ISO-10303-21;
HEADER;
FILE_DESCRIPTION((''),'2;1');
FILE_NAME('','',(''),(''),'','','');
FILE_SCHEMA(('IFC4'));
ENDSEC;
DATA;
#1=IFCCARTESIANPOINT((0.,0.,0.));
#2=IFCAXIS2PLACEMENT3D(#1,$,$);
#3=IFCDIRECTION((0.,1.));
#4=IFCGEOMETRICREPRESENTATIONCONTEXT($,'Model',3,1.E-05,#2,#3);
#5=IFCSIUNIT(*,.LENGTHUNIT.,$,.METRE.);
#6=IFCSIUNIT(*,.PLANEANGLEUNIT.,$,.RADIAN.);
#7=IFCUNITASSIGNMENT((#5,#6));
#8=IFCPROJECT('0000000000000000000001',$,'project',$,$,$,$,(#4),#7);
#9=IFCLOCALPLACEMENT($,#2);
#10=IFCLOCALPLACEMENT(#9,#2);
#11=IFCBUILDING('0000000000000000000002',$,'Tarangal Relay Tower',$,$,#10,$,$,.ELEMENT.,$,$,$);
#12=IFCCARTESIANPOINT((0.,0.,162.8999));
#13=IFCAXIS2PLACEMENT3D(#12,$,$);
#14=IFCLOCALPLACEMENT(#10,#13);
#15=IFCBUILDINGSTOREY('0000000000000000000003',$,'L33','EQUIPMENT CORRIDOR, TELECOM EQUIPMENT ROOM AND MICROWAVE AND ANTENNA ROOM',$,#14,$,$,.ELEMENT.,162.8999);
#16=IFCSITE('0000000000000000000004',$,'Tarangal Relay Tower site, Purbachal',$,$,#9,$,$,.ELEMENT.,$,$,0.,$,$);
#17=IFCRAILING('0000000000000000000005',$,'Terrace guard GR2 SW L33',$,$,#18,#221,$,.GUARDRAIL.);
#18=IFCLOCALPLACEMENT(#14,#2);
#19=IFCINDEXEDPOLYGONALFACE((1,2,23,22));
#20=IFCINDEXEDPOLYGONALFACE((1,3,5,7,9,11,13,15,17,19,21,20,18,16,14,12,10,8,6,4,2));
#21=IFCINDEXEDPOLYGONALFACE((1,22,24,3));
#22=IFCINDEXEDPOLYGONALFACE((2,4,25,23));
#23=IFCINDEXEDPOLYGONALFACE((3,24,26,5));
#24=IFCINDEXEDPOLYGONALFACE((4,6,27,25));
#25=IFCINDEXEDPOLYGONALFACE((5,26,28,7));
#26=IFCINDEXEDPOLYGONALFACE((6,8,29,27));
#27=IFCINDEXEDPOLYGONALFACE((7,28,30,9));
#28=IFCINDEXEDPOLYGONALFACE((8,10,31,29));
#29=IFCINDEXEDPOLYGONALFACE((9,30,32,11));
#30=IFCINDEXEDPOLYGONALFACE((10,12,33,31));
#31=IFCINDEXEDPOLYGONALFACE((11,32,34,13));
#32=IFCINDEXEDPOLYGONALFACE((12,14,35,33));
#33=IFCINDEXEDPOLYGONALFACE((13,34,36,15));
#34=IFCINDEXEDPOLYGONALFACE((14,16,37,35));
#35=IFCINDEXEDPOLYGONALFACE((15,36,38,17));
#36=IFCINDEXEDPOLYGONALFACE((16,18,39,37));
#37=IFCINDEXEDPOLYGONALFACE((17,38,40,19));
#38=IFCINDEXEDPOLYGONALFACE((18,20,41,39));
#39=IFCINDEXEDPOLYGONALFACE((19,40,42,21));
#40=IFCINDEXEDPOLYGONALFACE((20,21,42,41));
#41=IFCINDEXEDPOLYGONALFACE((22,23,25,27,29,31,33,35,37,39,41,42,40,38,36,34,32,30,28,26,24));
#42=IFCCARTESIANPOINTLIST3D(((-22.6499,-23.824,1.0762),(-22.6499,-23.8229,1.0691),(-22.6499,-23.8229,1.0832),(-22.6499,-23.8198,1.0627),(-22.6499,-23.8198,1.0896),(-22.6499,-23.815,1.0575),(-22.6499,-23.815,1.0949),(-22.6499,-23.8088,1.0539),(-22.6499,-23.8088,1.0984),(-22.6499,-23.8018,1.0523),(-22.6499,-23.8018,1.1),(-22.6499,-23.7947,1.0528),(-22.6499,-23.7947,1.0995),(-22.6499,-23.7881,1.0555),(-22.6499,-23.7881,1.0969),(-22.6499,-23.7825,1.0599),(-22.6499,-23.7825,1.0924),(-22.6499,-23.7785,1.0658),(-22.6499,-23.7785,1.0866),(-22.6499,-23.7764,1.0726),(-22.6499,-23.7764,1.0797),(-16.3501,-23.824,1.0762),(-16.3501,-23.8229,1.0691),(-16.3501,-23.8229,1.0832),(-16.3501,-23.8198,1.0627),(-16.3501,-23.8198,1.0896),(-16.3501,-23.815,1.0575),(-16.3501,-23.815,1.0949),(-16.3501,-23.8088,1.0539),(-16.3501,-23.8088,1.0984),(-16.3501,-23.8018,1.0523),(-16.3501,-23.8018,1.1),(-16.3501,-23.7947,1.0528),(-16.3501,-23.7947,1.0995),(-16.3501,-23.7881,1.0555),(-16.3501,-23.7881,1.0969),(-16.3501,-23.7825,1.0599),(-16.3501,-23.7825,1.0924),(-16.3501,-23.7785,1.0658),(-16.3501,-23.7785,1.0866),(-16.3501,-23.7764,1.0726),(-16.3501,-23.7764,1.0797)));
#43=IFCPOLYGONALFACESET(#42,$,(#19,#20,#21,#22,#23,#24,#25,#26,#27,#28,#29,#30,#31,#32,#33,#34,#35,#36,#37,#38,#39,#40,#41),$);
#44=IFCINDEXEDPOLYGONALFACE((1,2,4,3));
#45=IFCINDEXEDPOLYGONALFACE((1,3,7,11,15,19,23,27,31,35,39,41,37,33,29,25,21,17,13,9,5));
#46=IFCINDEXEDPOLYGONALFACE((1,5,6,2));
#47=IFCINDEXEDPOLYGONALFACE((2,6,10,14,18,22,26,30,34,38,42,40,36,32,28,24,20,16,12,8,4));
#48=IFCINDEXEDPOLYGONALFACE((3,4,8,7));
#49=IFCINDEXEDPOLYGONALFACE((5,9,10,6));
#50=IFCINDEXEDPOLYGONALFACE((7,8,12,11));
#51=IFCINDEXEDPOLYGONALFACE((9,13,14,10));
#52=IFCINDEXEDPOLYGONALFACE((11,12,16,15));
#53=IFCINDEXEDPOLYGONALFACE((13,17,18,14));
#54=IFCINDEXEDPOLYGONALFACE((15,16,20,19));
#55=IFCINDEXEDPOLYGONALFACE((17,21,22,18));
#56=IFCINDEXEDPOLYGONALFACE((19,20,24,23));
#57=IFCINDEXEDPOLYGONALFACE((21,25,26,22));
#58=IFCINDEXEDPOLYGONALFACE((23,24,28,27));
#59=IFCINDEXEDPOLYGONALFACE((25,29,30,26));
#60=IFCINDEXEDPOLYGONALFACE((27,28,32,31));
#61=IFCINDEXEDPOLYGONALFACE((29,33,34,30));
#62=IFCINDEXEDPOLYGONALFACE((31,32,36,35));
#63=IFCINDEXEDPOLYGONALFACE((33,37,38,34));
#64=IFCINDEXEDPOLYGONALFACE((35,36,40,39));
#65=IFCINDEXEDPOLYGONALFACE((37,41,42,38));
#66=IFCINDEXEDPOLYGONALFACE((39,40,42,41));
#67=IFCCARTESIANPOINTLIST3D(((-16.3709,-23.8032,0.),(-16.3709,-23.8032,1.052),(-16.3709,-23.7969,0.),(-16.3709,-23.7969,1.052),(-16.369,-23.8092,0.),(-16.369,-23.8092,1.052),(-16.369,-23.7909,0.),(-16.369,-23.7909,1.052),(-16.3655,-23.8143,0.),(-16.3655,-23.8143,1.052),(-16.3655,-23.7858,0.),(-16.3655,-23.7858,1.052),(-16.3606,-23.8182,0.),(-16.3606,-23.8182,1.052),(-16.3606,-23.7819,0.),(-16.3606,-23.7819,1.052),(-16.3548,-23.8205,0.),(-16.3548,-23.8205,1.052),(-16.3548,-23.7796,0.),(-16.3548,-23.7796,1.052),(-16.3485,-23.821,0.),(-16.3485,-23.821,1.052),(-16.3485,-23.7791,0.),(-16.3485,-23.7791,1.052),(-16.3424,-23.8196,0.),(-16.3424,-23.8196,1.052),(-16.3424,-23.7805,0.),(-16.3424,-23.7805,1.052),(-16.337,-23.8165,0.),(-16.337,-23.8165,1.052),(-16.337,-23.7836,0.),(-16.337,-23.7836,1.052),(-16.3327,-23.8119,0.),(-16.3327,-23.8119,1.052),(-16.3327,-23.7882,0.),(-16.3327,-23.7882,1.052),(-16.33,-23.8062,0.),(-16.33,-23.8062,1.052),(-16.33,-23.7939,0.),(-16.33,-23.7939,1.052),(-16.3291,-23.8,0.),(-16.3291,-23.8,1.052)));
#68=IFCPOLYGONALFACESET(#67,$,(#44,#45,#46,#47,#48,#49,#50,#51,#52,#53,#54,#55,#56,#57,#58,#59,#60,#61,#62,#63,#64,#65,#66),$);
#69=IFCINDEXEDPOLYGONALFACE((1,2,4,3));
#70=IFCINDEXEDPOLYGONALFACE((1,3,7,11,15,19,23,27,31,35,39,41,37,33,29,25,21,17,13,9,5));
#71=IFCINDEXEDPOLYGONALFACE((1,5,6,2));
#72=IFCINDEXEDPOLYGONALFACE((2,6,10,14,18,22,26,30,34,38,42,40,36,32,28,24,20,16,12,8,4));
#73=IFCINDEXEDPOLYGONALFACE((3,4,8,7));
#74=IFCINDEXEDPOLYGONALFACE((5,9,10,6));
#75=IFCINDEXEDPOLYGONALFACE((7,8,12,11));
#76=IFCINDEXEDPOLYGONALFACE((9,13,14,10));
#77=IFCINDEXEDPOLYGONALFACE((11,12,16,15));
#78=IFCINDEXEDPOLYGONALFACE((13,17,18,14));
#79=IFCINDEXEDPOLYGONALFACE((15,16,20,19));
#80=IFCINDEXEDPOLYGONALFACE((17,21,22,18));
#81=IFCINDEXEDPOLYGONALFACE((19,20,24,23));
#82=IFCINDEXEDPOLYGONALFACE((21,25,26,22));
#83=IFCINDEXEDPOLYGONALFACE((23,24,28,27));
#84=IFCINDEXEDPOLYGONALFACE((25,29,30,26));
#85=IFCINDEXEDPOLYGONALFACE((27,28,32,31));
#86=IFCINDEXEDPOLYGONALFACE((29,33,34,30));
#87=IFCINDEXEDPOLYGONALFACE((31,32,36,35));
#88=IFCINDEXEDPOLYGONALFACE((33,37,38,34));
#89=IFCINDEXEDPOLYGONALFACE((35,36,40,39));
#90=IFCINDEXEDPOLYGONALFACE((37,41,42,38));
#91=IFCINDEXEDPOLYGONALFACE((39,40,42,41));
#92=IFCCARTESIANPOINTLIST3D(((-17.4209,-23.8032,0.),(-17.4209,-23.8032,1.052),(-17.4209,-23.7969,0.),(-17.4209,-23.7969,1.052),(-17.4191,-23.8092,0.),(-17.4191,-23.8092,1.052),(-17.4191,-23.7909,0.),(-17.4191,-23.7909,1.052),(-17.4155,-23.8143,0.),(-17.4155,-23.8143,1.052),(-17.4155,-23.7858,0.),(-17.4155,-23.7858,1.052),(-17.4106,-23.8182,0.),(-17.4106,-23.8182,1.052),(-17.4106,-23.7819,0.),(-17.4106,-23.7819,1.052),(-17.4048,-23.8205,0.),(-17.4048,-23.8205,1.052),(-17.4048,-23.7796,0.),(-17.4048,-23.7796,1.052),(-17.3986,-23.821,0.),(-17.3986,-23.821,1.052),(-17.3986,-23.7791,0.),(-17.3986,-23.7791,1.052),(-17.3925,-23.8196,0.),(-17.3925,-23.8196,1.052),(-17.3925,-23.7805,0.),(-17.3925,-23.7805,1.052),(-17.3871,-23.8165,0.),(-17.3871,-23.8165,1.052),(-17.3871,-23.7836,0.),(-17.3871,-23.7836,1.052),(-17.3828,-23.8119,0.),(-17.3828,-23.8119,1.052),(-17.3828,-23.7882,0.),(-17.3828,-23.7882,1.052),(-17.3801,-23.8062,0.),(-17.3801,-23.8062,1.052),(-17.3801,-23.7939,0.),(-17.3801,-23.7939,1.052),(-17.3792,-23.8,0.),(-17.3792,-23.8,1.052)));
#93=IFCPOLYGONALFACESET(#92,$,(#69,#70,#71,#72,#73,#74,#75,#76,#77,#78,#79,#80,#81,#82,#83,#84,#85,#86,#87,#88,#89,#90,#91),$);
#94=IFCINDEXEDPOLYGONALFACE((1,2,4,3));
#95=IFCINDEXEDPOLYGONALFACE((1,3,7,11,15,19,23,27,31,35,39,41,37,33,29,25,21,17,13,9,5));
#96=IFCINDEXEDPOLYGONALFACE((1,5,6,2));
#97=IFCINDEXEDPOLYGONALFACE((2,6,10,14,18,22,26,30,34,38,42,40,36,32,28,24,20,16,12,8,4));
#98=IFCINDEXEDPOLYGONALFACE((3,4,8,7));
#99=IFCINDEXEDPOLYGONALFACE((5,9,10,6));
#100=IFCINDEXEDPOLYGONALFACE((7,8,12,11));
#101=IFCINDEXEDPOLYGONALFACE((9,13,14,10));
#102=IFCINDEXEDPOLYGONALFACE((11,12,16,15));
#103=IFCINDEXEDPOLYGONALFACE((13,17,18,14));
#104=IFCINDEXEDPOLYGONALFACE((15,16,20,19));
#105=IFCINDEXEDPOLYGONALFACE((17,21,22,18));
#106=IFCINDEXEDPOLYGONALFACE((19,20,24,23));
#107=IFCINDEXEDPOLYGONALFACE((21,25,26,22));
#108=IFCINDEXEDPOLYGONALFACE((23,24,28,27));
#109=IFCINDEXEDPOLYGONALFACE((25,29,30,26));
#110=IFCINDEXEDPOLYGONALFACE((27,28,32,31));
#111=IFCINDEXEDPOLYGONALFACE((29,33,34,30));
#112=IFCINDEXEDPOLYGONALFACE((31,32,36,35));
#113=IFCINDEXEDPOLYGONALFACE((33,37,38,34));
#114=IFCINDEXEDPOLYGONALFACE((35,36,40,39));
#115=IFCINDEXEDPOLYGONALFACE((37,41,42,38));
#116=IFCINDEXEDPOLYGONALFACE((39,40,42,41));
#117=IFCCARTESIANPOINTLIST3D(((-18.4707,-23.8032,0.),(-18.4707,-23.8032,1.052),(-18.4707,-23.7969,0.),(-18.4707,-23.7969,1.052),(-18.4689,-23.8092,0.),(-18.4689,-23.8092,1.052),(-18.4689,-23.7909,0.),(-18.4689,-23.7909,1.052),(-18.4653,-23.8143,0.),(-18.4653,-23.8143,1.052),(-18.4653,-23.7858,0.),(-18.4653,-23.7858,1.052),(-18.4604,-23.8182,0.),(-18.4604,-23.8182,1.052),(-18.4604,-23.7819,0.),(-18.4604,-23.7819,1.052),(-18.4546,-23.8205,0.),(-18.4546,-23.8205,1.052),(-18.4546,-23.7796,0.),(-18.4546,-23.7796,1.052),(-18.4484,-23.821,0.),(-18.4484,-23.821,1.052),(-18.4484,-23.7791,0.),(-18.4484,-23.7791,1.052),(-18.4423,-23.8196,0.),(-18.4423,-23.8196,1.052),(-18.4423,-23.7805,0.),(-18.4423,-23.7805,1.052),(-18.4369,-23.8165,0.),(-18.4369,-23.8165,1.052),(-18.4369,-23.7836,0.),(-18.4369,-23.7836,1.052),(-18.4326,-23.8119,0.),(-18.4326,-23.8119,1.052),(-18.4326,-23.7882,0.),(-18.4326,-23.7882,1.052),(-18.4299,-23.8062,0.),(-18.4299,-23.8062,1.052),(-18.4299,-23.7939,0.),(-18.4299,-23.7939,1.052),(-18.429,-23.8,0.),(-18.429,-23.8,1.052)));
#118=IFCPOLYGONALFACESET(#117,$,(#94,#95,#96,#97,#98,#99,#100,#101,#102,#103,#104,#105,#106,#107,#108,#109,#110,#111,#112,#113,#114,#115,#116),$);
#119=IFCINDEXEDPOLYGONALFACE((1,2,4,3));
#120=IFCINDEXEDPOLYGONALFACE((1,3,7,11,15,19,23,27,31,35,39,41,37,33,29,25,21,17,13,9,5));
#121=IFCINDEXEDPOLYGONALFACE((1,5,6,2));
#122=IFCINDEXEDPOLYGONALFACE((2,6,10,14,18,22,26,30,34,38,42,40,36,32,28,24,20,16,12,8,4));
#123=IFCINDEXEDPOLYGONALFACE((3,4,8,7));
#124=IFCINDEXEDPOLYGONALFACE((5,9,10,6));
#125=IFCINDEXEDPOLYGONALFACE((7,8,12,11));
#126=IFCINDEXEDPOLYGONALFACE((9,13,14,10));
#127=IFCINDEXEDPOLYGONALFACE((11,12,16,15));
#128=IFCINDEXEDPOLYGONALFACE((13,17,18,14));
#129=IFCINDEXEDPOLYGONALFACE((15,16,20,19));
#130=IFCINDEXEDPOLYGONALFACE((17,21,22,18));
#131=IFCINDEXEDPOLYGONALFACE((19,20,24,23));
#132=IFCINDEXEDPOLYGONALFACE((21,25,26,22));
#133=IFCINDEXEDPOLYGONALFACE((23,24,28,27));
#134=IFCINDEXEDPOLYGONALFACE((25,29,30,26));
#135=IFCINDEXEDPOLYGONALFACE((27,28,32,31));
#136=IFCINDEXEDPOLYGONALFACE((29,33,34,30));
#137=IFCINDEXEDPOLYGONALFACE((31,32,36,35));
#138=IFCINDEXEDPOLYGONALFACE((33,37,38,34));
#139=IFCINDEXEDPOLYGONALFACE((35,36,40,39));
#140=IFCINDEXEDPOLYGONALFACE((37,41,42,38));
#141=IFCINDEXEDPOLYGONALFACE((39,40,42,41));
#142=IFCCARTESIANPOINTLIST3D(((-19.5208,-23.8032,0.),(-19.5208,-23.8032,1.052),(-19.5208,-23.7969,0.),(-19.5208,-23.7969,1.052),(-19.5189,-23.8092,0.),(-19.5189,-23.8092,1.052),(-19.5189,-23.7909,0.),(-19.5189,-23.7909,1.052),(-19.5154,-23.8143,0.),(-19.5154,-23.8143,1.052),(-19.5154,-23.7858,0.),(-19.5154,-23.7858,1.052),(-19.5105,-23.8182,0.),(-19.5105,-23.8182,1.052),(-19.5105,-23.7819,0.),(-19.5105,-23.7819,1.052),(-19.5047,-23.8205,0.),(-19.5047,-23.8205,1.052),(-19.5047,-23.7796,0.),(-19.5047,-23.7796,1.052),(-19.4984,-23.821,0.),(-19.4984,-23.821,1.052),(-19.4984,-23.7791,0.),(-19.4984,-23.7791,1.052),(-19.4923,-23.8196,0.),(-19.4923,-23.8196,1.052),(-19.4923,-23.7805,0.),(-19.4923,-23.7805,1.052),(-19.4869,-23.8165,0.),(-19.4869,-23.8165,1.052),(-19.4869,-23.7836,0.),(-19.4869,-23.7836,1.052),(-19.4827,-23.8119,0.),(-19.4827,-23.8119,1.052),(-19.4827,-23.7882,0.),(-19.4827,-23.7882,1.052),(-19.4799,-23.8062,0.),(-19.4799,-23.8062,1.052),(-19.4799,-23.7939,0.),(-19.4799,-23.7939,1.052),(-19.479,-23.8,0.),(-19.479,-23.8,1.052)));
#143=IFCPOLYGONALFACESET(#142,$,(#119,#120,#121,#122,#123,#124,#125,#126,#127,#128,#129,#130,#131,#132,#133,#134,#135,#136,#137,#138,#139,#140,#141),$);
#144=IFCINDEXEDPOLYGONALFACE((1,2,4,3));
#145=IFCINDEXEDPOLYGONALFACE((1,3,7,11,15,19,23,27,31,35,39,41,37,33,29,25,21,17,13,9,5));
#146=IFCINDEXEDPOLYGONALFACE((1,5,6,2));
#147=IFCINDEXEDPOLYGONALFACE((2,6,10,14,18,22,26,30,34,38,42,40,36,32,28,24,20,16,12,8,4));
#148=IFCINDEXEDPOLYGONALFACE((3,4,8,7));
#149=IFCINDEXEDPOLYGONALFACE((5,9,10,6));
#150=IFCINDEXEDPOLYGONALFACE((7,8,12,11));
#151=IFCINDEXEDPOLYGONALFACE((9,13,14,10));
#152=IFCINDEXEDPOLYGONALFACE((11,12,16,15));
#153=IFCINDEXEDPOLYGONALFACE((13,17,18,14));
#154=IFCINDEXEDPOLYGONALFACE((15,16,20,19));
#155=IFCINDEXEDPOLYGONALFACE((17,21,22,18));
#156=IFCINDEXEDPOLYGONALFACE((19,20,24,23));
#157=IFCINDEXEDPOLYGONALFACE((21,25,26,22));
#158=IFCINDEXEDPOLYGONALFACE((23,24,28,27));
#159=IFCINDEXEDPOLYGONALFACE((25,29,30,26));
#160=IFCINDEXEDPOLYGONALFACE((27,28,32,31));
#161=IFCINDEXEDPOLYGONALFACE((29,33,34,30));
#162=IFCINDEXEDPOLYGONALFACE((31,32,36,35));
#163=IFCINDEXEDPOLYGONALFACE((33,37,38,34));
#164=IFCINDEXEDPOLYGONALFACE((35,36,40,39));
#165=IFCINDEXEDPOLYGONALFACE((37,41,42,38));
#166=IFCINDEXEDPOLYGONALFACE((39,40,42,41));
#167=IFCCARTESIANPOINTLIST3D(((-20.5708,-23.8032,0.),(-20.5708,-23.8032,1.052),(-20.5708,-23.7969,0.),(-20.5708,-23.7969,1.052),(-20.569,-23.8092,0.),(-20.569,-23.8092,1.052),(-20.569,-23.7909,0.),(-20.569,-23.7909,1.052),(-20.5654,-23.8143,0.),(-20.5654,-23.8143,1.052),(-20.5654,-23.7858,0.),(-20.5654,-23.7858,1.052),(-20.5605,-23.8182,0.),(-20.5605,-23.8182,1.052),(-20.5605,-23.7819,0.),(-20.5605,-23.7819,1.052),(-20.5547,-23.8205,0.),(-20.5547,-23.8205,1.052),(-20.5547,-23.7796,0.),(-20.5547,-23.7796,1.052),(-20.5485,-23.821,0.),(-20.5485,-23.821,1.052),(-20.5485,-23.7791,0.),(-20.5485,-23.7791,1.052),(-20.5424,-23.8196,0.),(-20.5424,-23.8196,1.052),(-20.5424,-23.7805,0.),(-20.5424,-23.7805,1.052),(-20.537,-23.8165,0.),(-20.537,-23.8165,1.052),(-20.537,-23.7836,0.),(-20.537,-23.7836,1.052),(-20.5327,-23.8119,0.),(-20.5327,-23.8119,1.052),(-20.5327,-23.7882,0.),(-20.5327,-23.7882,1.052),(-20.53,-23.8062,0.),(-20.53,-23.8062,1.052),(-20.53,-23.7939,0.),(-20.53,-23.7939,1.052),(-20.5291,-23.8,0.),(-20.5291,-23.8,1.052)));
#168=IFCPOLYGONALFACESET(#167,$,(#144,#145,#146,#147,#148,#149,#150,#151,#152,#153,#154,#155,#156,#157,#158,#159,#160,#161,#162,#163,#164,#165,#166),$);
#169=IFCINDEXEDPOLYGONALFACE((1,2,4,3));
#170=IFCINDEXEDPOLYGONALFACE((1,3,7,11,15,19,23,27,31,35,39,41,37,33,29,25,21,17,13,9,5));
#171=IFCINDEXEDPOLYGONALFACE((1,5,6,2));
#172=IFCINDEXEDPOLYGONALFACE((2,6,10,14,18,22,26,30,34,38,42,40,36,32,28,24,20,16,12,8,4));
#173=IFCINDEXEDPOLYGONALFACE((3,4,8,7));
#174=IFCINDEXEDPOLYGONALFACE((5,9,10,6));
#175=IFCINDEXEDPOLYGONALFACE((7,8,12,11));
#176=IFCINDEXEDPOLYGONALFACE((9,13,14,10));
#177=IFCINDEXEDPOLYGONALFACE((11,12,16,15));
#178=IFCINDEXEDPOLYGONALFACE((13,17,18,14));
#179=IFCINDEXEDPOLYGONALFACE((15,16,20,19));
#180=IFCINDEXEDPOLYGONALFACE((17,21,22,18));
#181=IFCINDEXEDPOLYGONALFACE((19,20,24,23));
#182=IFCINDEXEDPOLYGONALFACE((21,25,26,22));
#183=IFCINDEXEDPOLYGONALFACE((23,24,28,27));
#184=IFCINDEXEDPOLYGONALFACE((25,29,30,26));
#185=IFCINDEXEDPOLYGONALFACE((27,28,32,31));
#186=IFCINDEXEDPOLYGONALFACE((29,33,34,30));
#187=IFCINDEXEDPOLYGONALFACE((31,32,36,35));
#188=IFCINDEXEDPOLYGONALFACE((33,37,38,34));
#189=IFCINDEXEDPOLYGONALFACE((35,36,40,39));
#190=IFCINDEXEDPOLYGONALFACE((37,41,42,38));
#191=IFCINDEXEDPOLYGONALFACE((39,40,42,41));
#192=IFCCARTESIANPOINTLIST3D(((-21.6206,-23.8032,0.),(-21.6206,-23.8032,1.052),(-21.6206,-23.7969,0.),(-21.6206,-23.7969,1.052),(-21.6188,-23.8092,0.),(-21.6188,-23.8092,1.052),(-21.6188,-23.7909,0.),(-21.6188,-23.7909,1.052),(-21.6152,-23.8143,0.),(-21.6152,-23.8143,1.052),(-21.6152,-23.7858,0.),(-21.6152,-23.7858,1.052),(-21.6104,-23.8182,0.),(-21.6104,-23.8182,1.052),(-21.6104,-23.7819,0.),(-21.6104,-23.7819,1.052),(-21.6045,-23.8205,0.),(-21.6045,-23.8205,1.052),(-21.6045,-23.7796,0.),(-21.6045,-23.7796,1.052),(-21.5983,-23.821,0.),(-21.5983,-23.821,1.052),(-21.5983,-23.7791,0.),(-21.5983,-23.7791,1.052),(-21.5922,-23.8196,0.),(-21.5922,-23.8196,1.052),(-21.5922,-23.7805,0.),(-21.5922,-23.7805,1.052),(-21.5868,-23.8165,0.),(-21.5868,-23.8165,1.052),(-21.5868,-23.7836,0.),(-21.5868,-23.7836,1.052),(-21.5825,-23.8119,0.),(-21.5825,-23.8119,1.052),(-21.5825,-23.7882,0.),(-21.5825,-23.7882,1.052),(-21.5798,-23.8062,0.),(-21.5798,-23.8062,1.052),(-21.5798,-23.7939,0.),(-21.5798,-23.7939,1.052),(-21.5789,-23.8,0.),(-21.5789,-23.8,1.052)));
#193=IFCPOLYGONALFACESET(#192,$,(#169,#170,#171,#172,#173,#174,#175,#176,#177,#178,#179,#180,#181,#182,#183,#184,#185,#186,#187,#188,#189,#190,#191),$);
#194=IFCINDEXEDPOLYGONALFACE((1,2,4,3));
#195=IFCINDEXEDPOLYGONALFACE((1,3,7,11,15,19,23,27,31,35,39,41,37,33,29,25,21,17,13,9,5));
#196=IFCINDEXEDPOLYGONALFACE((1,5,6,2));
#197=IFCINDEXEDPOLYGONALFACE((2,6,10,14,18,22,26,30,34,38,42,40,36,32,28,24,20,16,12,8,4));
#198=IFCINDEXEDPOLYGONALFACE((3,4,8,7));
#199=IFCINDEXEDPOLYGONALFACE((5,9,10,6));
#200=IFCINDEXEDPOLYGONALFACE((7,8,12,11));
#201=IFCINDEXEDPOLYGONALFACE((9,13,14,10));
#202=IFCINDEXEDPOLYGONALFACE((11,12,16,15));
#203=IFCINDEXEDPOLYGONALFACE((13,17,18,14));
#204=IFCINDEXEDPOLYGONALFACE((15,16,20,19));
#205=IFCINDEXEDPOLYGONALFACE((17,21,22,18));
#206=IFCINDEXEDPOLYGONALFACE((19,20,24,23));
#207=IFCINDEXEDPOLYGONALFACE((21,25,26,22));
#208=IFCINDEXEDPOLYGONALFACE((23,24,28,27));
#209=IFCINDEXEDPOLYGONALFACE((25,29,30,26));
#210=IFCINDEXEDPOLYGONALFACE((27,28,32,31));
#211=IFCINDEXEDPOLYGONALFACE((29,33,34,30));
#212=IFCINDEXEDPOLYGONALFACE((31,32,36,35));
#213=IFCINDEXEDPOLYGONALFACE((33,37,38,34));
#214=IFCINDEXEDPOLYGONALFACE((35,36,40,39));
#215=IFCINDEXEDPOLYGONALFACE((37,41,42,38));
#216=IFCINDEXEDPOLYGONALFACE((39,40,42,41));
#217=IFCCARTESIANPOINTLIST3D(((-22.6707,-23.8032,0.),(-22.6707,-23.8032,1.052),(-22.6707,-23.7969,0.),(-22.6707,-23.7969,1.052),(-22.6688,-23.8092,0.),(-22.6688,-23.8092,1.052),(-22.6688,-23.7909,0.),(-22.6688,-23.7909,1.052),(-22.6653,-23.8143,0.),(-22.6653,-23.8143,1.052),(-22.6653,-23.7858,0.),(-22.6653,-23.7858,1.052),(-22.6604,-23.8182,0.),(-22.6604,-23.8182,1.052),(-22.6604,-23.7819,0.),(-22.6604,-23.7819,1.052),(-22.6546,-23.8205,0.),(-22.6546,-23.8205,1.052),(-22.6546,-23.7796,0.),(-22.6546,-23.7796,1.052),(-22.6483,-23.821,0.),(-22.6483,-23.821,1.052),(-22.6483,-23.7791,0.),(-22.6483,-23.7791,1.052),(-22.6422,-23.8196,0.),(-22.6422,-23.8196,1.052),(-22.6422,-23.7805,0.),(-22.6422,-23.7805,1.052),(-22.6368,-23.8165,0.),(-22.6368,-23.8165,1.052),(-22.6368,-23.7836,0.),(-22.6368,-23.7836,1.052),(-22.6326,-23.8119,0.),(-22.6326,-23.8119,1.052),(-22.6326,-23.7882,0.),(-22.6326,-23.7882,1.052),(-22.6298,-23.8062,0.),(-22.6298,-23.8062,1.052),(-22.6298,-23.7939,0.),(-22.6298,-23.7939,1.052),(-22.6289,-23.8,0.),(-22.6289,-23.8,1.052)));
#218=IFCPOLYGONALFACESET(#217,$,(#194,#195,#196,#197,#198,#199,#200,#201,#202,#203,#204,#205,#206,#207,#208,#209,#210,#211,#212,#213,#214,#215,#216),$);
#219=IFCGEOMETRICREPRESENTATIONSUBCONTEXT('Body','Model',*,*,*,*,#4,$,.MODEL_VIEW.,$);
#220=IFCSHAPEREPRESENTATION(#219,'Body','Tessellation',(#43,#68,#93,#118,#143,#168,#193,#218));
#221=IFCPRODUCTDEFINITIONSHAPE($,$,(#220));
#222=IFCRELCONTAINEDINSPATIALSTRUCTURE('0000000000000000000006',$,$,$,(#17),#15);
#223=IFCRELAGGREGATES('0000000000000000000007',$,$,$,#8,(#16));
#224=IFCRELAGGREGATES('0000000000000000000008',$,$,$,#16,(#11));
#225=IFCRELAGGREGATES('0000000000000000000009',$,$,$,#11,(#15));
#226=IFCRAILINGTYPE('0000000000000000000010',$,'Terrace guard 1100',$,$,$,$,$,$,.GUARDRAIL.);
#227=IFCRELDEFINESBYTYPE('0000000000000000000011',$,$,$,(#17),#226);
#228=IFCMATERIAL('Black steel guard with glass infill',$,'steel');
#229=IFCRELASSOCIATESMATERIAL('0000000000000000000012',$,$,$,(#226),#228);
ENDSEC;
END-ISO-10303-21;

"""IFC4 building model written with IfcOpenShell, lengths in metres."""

from ifc_helpers import new_model, si_unit, direction, frame, origin, origin_2d, place, context, subcontext, project, spatial, circle, extrude, material, type_object, element, save


model = new_model("IFC4")

# Units and contexts
model_context = context("Model", 3, precision=1e-05, world=origin(), true_north=direction((0.0, 1.0)))
body_context = subcontext(model_context, "Body", "Model", "MODEL_VIEW")
ifc_project = project(units=[si_unit("LENGTHUNIT", "METRE"), si_unit("PLANEANGLEUNIT", "RADIAN")], contexts=[model_context])

# Site, building, storey
site_placement = place(None, origin())
site = spatial("IfcSite", under=ifc_project, at=site_placement, Name="Tarangal Relay Tower site, Purbachal", CompositionType="ELEMENT", RefElevation=0.0)
building_placement = place(site_placement, origin())
building = spatial("IfcBuilding", under=site, at=building_placement, Name="Tarangal Relay Tower", CompositionType="ELEMENT")
storey_placement = place(building_placement, frame((0.0, 0.0, 162.8999)))
storey = spatial("IfcBuildingStorey", under=building, at=storey_placement, Name="L33", Description="EQUIPMENT CORRIDOR, TELECOM EQUIPMENT ROOM AND MICROWAVE AND ANTENNA ROOM", CompositionType="ELEMENT", Elevation=162.8999)

# Railing
ifc_material_1 = material(Name="Black steel guard with glass infill", Category="steel")
railing_type = type_object("IfcRailingType", Name="Terrace guard 1100", PredefinedType="GUARDRAIL", material=ifc_material_1)
railing_placement = place(storey_placement, frame((-16.3501, -23.8, 0.0)))
element("IfcRailing", 1, at=railing_placement, inside=storey, type_object=railing_type, Name="Terrace guard GR2 SW L33", PredefinedType="GUARDRAIL", context=body_context, shape_type="SweptSolid", body=[
    extrude(circle(Radius=0.0239, at=origin_2d()), frame((0.0, 0.0, 1.0762), z_axis=(-1.0, 0.0, 0.0), x_axis=(0.0, -1.0, 0.0)), (0.0, 0.0, 1.0), 6.2998),
    extrude(circle(Radius=0.021, at=origin_2d()), origin(), (0.0, 0.0, 1.0), 1.052),
    extrude(circle(Radius=0.021, at=origin_2d()), frame((-1.05, 0.0, 0.0)), (0.0, 0.0, 1.0), 1.052),
    extrude(circle(Radius=0.021, at=origin_2d()), frame((-2.0999, 0.0, 0.0)), (0.0, 0.0, 1.0), 1.052),
    extrude(circle(Radius=0.021, at=origin_2d()), frame((-3.1499, 0.0, 0.0)), (0.0, 0.0, 1.0), 1.052),
    extrude(circle(Radius=0.021, at=origin_2d()), frame((-4.2, 0.0, 0.0)), (0.0, 0.0, 1.0), 1.052),
    extrude(circle(Radius=0.021, at=origin_2d()), frame((-5.2498, 0.0, 0.0)), (0.0, 0.0, 1.0), 1.052),
    extrude(circle(Radius=0.021, at=origin_2d()), frame((-6.2998, 0.0, 0.0)), (0.0, 0.0, 1.0), 1.052),
])

save(model, "model.ifc")
